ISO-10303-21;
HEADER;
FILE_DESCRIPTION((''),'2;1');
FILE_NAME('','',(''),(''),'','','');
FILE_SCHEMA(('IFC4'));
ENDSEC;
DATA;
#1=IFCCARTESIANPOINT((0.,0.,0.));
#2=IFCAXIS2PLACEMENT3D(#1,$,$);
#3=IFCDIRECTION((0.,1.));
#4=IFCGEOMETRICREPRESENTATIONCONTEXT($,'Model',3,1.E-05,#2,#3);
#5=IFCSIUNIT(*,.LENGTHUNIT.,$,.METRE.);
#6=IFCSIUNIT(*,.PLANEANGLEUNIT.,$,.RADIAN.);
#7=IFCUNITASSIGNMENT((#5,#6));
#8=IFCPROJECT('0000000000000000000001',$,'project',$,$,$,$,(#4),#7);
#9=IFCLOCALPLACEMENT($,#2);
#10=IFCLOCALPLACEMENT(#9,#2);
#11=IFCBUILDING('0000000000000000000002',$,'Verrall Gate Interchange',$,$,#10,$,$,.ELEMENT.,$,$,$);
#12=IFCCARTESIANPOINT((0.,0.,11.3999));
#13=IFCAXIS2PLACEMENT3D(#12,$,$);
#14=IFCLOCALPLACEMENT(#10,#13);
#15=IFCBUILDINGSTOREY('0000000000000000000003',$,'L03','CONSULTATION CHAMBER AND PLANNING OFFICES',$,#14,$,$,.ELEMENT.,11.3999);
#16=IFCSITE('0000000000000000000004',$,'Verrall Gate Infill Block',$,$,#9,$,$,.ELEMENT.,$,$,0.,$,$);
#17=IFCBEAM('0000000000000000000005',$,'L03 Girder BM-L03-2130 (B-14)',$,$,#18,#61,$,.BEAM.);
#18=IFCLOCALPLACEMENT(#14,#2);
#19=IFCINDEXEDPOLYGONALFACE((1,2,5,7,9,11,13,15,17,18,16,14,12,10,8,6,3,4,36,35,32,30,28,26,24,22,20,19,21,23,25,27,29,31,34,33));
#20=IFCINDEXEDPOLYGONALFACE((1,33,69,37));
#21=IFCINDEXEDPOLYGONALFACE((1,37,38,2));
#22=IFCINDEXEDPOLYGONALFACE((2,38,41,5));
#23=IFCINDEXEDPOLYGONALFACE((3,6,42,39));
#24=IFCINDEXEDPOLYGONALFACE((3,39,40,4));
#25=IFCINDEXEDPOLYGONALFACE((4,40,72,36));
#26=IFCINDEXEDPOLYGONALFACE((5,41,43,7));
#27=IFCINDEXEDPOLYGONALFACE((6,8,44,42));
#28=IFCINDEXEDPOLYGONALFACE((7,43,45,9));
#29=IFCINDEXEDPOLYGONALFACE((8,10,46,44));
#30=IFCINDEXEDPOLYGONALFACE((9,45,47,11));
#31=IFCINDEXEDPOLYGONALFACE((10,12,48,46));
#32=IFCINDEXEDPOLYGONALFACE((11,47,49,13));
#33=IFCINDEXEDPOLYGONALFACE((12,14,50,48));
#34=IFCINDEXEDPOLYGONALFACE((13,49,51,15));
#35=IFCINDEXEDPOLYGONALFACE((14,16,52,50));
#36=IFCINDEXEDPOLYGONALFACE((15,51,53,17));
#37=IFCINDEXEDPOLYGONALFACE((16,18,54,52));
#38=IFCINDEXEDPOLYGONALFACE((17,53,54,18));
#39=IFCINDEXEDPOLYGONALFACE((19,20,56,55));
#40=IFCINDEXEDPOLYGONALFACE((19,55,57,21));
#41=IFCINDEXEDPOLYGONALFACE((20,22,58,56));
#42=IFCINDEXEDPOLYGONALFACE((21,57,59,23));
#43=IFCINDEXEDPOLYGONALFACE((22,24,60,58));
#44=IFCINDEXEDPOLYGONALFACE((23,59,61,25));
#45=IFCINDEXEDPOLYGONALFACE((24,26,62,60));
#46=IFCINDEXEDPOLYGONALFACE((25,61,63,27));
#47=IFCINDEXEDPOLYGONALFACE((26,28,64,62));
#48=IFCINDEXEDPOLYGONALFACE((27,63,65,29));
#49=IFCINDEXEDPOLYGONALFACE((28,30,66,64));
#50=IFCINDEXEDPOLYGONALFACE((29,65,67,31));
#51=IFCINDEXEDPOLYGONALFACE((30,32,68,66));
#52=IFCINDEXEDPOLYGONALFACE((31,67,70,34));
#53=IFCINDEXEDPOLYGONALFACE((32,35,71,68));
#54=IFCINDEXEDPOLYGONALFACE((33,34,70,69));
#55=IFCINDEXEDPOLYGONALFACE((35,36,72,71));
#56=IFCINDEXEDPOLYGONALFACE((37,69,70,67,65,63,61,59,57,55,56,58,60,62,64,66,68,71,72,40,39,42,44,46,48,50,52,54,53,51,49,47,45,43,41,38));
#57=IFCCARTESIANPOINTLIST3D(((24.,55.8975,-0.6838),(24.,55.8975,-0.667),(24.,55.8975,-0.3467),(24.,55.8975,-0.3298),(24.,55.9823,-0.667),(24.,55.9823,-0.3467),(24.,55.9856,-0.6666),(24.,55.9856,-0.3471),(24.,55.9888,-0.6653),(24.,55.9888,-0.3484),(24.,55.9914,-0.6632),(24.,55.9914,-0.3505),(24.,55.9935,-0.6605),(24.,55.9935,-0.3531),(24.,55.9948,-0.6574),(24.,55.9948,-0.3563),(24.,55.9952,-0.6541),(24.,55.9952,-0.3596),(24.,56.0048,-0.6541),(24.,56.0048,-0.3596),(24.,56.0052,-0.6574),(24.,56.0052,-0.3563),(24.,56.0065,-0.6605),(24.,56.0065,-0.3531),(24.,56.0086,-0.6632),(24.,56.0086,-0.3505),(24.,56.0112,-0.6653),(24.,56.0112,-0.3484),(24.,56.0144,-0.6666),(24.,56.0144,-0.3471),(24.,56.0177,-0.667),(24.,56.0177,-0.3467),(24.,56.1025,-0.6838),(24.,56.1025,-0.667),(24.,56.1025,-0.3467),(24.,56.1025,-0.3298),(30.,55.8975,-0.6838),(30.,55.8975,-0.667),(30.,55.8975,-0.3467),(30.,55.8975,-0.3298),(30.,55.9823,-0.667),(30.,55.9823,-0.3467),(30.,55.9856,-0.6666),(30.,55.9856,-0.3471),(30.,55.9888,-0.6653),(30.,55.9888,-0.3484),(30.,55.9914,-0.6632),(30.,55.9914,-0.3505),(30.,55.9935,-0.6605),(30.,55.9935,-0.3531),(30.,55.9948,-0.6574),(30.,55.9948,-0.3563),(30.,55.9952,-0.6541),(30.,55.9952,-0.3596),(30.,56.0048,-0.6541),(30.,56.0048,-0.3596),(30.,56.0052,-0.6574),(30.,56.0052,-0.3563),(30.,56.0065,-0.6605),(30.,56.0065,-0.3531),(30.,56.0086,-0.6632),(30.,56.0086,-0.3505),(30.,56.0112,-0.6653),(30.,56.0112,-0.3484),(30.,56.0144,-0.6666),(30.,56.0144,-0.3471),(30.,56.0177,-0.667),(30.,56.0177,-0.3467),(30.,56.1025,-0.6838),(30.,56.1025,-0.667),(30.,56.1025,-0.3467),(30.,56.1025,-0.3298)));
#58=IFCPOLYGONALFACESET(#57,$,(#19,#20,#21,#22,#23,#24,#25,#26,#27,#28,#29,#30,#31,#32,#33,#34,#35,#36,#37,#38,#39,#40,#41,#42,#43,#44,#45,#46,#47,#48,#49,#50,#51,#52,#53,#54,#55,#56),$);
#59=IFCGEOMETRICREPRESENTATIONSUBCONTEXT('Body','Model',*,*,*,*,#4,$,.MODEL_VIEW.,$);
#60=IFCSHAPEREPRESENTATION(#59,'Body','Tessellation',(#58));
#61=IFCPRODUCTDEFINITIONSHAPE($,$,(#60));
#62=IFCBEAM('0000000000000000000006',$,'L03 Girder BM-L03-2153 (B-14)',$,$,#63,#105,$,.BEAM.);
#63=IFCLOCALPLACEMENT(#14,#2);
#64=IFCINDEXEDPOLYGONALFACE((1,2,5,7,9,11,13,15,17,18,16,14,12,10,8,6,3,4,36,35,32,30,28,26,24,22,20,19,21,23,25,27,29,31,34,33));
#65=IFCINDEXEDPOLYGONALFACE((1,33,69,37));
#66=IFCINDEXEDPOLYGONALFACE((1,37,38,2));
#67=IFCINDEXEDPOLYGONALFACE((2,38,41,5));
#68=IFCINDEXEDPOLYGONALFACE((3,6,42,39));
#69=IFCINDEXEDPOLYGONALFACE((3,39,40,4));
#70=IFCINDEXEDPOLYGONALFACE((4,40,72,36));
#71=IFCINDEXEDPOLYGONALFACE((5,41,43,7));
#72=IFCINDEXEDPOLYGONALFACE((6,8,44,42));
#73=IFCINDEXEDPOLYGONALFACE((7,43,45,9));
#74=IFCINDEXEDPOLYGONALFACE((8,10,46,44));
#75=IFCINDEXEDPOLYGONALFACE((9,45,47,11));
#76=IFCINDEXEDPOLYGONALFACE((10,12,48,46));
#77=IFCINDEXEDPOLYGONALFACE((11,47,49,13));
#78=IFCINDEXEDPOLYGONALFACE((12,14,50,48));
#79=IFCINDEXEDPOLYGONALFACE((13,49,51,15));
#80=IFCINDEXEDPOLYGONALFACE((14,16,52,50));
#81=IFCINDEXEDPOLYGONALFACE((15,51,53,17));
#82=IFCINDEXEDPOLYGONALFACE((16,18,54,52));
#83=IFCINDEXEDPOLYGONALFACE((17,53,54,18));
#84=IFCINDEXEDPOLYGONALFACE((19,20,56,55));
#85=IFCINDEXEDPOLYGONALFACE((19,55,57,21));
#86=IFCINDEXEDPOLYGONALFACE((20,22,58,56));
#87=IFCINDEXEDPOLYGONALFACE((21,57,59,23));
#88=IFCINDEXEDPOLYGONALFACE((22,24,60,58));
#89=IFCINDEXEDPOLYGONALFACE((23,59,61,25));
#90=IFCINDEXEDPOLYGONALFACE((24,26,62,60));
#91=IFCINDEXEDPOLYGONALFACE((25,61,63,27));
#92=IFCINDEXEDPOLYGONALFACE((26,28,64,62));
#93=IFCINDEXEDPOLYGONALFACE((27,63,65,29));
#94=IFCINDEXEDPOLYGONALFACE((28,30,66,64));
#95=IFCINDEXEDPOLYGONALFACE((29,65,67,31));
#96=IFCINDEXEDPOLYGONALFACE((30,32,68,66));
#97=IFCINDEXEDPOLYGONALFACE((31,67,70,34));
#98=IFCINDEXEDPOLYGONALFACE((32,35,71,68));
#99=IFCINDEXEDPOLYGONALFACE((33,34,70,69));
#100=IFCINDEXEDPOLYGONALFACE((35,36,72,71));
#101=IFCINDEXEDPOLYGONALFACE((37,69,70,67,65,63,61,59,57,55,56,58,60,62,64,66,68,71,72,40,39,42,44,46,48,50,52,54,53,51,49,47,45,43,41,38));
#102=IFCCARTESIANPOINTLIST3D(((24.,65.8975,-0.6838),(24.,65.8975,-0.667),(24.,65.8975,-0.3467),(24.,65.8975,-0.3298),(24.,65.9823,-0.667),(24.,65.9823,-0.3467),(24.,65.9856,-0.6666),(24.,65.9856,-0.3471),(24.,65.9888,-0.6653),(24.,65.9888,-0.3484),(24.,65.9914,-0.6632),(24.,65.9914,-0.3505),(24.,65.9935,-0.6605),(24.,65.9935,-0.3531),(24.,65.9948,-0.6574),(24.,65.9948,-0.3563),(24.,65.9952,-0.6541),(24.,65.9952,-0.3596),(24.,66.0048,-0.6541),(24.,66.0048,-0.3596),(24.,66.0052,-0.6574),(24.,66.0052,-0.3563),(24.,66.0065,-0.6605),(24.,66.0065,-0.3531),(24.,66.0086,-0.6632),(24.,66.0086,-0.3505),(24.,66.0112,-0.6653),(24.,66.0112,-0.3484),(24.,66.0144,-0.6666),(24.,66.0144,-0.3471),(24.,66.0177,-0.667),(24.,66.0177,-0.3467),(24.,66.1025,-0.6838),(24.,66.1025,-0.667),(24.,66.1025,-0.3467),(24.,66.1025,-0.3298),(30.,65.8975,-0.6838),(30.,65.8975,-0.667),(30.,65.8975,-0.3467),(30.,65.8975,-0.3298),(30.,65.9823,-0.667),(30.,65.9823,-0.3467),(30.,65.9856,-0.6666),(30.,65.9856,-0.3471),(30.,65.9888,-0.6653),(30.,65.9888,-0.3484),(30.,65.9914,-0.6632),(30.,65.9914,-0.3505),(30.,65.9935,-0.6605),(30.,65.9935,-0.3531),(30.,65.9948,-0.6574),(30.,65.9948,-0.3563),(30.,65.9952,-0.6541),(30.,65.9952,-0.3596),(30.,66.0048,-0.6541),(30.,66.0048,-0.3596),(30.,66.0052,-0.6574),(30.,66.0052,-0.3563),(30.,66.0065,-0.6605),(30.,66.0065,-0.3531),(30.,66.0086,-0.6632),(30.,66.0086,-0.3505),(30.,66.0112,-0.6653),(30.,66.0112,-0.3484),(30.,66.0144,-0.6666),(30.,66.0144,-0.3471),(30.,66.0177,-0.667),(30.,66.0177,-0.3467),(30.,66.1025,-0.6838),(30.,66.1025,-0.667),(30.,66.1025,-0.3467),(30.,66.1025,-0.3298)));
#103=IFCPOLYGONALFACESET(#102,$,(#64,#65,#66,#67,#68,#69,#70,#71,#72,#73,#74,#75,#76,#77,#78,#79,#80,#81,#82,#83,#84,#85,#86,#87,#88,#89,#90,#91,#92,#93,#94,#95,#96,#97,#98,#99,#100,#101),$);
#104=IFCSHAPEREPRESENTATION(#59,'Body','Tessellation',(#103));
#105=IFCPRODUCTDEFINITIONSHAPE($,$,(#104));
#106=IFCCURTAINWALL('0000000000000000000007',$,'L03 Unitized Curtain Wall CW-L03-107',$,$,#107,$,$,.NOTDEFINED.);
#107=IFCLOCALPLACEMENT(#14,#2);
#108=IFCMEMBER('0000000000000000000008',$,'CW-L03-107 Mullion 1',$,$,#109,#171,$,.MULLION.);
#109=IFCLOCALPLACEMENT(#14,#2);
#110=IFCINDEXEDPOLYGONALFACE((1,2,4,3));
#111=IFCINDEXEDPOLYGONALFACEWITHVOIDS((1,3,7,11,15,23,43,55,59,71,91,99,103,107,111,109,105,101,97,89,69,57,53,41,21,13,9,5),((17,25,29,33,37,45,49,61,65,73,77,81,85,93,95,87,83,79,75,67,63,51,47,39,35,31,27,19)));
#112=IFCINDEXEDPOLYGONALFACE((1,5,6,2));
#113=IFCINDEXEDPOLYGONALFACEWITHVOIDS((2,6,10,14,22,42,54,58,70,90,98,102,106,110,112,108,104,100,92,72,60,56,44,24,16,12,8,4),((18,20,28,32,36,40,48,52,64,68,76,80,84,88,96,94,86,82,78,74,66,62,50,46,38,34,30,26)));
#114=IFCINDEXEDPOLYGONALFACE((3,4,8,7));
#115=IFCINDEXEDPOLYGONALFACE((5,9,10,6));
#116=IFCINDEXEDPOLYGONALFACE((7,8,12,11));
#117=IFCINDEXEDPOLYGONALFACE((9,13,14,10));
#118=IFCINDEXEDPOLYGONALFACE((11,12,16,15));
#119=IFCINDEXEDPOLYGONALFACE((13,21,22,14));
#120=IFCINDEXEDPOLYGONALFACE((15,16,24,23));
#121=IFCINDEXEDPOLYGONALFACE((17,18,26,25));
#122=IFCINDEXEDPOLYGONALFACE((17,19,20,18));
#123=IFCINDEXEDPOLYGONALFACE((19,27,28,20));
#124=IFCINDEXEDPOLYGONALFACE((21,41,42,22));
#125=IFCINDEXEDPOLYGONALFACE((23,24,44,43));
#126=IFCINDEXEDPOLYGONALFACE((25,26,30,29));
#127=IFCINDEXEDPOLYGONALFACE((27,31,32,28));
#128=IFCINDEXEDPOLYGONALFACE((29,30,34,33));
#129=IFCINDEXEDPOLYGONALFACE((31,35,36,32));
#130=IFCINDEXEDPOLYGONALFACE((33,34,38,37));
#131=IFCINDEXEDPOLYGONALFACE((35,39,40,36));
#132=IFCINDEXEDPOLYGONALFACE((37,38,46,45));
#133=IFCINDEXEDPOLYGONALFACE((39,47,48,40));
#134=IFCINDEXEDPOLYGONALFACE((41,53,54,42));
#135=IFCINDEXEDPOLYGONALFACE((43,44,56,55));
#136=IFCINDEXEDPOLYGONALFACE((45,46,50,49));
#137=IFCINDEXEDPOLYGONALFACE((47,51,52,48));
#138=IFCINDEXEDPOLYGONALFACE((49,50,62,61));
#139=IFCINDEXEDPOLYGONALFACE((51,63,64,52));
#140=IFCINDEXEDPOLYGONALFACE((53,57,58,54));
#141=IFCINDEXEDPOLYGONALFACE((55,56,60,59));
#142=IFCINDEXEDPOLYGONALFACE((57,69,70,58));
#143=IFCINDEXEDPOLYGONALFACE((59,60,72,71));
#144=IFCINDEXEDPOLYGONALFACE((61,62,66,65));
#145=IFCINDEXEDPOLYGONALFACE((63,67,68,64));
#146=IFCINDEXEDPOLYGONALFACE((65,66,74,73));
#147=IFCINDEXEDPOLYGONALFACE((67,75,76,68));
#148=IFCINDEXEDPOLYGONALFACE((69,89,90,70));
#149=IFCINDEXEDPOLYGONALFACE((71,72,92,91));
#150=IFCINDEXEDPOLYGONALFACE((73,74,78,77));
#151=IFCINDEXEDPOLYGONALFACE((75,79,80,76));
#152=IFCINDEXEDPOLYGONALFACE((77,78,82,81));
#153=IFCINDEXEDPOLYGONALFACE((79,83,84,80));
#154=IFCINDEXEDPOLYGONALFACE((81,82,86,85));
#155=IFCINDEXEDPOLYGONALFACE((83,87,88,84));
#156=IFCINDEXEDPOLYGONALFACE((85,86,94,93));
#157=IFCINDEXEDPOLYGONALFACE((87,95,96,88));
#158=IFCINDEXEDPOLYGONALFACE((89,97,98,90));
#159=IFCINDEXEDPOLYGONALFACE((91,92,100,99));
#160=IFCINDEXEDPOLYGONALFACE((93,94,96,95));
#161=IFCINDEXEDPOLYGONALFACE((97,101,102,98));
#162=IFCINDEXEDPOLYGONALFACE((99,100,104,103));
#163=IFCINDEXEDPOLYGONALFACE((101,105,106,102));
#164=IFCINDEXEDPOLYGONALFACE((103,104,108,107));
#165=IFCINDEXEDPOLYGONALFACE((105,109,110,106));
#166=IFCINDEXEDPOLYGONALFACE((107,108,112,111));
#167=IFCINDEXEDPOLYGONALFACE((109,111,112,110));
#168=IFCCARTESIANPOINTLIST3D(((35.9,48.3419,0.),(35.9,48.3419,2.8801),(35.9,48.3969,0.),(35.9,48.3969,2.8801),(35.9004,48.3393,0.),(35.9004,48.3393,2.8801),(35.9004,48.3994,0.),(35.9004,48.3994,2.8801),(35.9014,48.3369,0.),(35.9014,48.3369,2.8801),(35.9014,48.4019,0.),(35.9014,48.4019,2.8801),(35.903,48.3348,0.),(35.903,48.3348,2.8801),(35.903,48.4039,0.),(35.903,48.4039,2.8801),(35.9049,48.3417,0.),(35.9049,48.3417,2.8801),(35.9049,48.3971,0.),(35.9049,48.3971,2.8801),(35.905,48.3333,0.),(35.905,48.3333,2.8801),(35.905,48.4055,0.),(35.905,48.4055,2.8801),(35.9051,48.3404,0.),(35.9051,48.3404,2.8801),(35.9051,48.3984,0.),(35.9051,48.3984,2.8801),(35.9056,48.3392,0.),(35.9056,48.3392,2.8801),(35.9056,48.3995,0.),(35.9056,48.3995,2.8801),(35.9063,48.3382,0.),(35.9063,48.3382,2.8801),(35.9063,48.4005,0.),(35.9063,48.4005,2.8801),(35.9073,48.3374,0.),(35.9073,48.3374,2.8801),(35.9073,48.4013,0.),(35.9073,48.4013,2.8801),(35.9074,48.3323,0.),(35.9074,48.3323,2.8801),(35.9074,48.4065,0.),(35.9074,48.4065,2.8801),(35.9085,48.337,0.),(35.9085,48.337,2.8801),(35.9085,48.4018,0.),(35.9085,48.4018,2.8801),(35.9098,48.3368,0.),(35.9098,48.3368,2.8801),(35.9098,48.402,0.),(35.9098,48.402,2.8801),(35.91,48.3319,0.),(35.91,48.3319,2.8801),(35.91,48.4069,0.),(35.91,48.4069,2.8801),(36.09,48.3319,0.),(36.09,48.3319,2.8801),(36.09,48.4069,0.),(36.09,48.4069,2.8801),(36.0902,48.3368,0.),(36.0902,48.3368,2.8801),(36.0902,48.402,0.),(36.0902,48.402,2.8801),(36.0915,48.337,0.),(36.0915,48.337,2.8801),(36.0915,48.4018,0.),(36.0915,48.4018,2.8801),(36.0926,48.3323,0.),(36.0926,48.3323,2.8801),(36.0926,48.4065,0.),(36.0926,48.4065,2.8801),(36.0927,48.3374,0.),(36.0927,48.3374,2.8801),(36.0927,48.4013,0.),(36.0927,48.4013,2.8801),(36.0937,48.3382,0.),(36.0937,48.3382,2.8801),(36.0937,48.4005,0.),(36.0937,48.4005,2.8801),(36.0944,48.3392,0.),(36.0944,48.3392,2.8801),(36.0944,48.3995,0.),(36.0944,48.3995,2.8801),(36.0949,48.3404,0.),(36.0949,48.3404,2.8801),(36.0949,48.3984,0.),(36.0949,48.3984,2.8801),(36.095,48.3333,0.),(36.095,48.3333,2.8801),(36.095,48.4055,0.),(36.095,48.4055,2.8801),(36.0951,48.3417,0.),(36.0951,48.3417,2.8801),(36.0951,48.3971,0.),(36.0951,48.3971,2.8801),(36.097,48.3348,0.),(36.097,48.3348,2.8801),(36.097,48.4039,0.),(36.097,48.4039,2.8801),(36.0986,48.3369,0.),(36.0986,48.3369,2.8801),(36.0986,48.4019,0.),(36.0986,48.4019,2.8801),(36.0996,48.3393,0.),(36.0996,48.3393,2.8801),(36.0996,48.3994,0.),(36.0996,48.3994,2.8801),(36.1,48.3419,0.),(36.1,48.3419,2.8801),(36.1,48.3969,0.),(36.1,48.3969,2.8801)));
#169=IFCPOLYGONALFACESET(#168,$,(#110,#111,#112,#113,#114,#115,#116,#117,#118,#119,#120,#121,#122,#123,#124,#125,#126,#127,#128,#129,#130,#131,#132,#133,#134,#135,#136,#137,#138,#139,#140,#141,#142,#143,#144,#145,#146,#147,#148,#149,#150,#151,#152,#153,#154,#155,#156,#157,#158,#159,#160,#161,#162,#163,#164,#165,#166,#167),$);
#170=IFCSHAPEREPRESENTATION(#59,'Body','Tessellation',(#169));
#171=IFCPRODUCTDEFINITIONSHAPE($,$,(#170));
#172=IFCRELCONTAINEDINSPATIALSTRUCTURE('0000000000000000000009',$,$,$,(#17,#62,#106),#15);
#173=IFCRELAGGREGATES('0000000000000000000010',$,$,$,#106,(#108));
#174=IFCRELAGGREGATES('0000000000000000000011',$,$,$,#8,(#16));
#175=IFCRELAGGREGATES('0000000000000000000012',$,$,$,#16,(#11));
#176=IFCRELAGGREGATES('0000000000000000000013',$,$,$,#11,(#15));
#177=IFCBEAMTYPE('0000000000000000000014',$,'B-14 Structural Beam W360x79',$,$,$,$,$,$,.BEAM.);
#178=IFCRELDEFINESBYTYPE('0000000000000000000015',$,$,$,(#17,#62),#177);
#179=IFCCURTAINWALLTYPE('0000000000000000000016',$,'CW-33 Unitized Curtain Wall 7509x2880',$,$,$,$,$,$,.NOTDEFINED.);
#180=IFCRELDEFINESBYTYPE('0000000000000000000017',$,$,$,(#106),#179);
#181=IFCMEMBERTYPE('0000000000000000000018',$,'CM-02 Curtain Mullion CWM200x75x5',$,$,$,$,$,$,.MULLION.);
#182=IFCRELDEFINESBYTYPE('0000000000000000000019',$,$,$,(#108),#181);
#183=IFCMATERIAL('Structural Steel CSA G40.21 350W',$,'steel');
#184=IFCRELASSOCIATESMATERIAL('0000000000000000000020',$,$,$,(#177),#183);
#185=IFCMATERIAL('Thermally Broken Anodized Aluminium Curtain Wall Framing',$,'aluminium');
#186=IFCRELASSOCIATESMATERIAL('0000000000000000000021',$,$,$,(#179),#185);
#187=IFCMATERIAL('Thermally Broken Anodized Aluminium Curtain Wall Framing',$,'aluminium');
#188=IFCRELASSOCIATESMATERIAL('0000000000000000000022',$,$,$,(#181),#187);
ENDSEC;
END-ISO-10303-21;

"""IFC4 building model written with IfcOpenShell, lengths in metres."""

from ifc_helpers import new_model, si_unit, direction, frame, origin, origin_2d, place, context, subcontext, project, spatial, hollow_rectangle, i_section, extrude, material, material_profile, profile_set, type_object, element, aggregate, save


model = new_model("IFC4")

# Units and contexts
model_context = context("Model", 3, precision=1e-05, world=origin(), true_north=direction((0.0, 1.0)))
body_context = subcontext(model_context, "Body", "Model", "MODEL_VIEW")
ifc_project = project(units=[si_unit("LENGTHUNIT", "METRE"), si_unit("PLANEANGLEUNIT", "RADIAN")], contexts=[model_context])

# Site, building, storey
site_placement = place(None, origin())
site = spatial("IfcSite", under=ifc_project, at=site_placement, Name="Verrall Gate Infill Block", CompositionType="ELEMENT", RefElevation=0.0)
building_placement = place(site_placement, origin())
building = spatial("IfcBuilding", under=site, at=building_placement, Name="Verrall Gate Interchange", CompositionType="ELEMENT")
storey_placement = place(building_placement, frame((0.0, 0.0, 11.3999)))
storey = spatial("IfcBuildingStorey", under=building, at=storey_placement, Name="L03", Description="CONSULTATION CHAMBER AND PLANNING OFFICES", CompositionType="ELEMENT", Elevation=11.3999)

# Beams
ifc_material_1 = material(Name="Structural Steel CSA G40.21 350W", Category="steel")
ifc_material_profile_1 = material_profile(ifc_material_1, i_section(OverallWidth=0.2051, OverallDepth=0.354, WebThickness=0.0095, FlangeThickness=0.0168, FilletRadius=0.0129, at=origin_2d()), Name="W360x79")
ifc_profile_set_1 = profile_set([ifc_material_profile_1], Name="Structural Steel CSA G40.21 350W")
beam_type_1 = type_object("IfcBeamType", Name="B-14 Structural Beam W360x79", PredefinedType="BEAM", material=ifc_profile_set_1)
for number, where, z_axis, x_axis, name in (
    (1, (24.0, 56.0, -0.5068), (1.0, 0.0, 0.0), (0.0, 1.0, 0.0), "L03 Girder BM-L03-2130 (B-14)"),
    (2, (24.0, 66.0, -0.5068), (1.0, 0.0, 0.0), (0.0, 1.0, 0.0), "L03 Girder BM-L03-2153 (B-14)"),
):
    element("IfcBeam", number, at=place(storey_placement, frame(where, z_axis=z_axis, x_axis=x_axis)), inside=storey, type_object=beam_type_1, Name=name, PredefinedType="BEAM", context=body_context, shape_type="SweptSolid", body=[
        extrude(i_section(OverallWidth=0.2051, OverallDepth=0.354, WebThickness=0.0095, FlangeThickness=0.0168, FilletRadius=0.0129, at=origin_2d()), origin(), (0.0, 0.0, 1.0), 6.0),
    ])

# Curtain wall, member
ifc_material_2 = material(Name="Thermally Broken Anodized Aluminium Curtain Wall Framing", Category="aluminium")
curtain_wall_type = type_object("IfcCurtainWallType", Name="CW-33 Unitized Curtain Wall 7509x2880", PredefinedType="NOTDEFINED", material=ifc_material_2)
curtain_wall_placement = place(storey_placement, origin())
curtain_wall = element("IfcCurtainWall", 3, at=curtain_wall_placement, inside=storey, type_object=curtain_wall_type, Name="L03 Unitized Curtain Wall CW-L03-107", PredefinedType="NOTDEFINED")
ifc_material_3 = material(Name="Thermally Broken Anodized Aluminium Curtain Wall Framing", Category="aluminium")
ifc_material_profile_2 = material_profile(ifc_material_3, hollow_rectangle(XDim=0.075, YDim=0.2, WallThickness=0.0049, InnerFilletRadius=0.0049, OuterFilletRadius=0.01, at=origin_2d()), Name="CWM200x75x5")
ifc_profile_set_2 = profile_set([ifc_material_profile_2], Name="Thermally Broken Anodized Aluminium Curtain Wall Framing")
member_type_1 = type_object("IfcMemberType", Name="CM-02 Curtain Mullion CWM200x75x5", PredefinedType="MULLION", material=ifc_profile_set_2)
member_1_placement = place(storey_placement, frame((36.0, 48.3694, 0.0), z_axis=(0.0, 0.0, 1.0), x_axis=(0.0, 1.0, 0.0)))
member_1 = element("IfcMember", 4, at=member_1_placement, type_object=member_type_1, Name="CW-L03-107 Mullion 1", PredefinedType="MULLION", context=body_context, shape_type="SweptSolid", body=[
    extrude(hollow_rectangle(XDim=0.075, YDim=0.2, WallThickness=0.0049, InnerFilletRadius=0.0049, OuterFilletRadius=0.01, at=origin_2d()), origin(), (0.0, 0.0, 1.0), 2.8801),
])

aggregate(curtain_wall, [member_1])

save(model, "model.ifc")
